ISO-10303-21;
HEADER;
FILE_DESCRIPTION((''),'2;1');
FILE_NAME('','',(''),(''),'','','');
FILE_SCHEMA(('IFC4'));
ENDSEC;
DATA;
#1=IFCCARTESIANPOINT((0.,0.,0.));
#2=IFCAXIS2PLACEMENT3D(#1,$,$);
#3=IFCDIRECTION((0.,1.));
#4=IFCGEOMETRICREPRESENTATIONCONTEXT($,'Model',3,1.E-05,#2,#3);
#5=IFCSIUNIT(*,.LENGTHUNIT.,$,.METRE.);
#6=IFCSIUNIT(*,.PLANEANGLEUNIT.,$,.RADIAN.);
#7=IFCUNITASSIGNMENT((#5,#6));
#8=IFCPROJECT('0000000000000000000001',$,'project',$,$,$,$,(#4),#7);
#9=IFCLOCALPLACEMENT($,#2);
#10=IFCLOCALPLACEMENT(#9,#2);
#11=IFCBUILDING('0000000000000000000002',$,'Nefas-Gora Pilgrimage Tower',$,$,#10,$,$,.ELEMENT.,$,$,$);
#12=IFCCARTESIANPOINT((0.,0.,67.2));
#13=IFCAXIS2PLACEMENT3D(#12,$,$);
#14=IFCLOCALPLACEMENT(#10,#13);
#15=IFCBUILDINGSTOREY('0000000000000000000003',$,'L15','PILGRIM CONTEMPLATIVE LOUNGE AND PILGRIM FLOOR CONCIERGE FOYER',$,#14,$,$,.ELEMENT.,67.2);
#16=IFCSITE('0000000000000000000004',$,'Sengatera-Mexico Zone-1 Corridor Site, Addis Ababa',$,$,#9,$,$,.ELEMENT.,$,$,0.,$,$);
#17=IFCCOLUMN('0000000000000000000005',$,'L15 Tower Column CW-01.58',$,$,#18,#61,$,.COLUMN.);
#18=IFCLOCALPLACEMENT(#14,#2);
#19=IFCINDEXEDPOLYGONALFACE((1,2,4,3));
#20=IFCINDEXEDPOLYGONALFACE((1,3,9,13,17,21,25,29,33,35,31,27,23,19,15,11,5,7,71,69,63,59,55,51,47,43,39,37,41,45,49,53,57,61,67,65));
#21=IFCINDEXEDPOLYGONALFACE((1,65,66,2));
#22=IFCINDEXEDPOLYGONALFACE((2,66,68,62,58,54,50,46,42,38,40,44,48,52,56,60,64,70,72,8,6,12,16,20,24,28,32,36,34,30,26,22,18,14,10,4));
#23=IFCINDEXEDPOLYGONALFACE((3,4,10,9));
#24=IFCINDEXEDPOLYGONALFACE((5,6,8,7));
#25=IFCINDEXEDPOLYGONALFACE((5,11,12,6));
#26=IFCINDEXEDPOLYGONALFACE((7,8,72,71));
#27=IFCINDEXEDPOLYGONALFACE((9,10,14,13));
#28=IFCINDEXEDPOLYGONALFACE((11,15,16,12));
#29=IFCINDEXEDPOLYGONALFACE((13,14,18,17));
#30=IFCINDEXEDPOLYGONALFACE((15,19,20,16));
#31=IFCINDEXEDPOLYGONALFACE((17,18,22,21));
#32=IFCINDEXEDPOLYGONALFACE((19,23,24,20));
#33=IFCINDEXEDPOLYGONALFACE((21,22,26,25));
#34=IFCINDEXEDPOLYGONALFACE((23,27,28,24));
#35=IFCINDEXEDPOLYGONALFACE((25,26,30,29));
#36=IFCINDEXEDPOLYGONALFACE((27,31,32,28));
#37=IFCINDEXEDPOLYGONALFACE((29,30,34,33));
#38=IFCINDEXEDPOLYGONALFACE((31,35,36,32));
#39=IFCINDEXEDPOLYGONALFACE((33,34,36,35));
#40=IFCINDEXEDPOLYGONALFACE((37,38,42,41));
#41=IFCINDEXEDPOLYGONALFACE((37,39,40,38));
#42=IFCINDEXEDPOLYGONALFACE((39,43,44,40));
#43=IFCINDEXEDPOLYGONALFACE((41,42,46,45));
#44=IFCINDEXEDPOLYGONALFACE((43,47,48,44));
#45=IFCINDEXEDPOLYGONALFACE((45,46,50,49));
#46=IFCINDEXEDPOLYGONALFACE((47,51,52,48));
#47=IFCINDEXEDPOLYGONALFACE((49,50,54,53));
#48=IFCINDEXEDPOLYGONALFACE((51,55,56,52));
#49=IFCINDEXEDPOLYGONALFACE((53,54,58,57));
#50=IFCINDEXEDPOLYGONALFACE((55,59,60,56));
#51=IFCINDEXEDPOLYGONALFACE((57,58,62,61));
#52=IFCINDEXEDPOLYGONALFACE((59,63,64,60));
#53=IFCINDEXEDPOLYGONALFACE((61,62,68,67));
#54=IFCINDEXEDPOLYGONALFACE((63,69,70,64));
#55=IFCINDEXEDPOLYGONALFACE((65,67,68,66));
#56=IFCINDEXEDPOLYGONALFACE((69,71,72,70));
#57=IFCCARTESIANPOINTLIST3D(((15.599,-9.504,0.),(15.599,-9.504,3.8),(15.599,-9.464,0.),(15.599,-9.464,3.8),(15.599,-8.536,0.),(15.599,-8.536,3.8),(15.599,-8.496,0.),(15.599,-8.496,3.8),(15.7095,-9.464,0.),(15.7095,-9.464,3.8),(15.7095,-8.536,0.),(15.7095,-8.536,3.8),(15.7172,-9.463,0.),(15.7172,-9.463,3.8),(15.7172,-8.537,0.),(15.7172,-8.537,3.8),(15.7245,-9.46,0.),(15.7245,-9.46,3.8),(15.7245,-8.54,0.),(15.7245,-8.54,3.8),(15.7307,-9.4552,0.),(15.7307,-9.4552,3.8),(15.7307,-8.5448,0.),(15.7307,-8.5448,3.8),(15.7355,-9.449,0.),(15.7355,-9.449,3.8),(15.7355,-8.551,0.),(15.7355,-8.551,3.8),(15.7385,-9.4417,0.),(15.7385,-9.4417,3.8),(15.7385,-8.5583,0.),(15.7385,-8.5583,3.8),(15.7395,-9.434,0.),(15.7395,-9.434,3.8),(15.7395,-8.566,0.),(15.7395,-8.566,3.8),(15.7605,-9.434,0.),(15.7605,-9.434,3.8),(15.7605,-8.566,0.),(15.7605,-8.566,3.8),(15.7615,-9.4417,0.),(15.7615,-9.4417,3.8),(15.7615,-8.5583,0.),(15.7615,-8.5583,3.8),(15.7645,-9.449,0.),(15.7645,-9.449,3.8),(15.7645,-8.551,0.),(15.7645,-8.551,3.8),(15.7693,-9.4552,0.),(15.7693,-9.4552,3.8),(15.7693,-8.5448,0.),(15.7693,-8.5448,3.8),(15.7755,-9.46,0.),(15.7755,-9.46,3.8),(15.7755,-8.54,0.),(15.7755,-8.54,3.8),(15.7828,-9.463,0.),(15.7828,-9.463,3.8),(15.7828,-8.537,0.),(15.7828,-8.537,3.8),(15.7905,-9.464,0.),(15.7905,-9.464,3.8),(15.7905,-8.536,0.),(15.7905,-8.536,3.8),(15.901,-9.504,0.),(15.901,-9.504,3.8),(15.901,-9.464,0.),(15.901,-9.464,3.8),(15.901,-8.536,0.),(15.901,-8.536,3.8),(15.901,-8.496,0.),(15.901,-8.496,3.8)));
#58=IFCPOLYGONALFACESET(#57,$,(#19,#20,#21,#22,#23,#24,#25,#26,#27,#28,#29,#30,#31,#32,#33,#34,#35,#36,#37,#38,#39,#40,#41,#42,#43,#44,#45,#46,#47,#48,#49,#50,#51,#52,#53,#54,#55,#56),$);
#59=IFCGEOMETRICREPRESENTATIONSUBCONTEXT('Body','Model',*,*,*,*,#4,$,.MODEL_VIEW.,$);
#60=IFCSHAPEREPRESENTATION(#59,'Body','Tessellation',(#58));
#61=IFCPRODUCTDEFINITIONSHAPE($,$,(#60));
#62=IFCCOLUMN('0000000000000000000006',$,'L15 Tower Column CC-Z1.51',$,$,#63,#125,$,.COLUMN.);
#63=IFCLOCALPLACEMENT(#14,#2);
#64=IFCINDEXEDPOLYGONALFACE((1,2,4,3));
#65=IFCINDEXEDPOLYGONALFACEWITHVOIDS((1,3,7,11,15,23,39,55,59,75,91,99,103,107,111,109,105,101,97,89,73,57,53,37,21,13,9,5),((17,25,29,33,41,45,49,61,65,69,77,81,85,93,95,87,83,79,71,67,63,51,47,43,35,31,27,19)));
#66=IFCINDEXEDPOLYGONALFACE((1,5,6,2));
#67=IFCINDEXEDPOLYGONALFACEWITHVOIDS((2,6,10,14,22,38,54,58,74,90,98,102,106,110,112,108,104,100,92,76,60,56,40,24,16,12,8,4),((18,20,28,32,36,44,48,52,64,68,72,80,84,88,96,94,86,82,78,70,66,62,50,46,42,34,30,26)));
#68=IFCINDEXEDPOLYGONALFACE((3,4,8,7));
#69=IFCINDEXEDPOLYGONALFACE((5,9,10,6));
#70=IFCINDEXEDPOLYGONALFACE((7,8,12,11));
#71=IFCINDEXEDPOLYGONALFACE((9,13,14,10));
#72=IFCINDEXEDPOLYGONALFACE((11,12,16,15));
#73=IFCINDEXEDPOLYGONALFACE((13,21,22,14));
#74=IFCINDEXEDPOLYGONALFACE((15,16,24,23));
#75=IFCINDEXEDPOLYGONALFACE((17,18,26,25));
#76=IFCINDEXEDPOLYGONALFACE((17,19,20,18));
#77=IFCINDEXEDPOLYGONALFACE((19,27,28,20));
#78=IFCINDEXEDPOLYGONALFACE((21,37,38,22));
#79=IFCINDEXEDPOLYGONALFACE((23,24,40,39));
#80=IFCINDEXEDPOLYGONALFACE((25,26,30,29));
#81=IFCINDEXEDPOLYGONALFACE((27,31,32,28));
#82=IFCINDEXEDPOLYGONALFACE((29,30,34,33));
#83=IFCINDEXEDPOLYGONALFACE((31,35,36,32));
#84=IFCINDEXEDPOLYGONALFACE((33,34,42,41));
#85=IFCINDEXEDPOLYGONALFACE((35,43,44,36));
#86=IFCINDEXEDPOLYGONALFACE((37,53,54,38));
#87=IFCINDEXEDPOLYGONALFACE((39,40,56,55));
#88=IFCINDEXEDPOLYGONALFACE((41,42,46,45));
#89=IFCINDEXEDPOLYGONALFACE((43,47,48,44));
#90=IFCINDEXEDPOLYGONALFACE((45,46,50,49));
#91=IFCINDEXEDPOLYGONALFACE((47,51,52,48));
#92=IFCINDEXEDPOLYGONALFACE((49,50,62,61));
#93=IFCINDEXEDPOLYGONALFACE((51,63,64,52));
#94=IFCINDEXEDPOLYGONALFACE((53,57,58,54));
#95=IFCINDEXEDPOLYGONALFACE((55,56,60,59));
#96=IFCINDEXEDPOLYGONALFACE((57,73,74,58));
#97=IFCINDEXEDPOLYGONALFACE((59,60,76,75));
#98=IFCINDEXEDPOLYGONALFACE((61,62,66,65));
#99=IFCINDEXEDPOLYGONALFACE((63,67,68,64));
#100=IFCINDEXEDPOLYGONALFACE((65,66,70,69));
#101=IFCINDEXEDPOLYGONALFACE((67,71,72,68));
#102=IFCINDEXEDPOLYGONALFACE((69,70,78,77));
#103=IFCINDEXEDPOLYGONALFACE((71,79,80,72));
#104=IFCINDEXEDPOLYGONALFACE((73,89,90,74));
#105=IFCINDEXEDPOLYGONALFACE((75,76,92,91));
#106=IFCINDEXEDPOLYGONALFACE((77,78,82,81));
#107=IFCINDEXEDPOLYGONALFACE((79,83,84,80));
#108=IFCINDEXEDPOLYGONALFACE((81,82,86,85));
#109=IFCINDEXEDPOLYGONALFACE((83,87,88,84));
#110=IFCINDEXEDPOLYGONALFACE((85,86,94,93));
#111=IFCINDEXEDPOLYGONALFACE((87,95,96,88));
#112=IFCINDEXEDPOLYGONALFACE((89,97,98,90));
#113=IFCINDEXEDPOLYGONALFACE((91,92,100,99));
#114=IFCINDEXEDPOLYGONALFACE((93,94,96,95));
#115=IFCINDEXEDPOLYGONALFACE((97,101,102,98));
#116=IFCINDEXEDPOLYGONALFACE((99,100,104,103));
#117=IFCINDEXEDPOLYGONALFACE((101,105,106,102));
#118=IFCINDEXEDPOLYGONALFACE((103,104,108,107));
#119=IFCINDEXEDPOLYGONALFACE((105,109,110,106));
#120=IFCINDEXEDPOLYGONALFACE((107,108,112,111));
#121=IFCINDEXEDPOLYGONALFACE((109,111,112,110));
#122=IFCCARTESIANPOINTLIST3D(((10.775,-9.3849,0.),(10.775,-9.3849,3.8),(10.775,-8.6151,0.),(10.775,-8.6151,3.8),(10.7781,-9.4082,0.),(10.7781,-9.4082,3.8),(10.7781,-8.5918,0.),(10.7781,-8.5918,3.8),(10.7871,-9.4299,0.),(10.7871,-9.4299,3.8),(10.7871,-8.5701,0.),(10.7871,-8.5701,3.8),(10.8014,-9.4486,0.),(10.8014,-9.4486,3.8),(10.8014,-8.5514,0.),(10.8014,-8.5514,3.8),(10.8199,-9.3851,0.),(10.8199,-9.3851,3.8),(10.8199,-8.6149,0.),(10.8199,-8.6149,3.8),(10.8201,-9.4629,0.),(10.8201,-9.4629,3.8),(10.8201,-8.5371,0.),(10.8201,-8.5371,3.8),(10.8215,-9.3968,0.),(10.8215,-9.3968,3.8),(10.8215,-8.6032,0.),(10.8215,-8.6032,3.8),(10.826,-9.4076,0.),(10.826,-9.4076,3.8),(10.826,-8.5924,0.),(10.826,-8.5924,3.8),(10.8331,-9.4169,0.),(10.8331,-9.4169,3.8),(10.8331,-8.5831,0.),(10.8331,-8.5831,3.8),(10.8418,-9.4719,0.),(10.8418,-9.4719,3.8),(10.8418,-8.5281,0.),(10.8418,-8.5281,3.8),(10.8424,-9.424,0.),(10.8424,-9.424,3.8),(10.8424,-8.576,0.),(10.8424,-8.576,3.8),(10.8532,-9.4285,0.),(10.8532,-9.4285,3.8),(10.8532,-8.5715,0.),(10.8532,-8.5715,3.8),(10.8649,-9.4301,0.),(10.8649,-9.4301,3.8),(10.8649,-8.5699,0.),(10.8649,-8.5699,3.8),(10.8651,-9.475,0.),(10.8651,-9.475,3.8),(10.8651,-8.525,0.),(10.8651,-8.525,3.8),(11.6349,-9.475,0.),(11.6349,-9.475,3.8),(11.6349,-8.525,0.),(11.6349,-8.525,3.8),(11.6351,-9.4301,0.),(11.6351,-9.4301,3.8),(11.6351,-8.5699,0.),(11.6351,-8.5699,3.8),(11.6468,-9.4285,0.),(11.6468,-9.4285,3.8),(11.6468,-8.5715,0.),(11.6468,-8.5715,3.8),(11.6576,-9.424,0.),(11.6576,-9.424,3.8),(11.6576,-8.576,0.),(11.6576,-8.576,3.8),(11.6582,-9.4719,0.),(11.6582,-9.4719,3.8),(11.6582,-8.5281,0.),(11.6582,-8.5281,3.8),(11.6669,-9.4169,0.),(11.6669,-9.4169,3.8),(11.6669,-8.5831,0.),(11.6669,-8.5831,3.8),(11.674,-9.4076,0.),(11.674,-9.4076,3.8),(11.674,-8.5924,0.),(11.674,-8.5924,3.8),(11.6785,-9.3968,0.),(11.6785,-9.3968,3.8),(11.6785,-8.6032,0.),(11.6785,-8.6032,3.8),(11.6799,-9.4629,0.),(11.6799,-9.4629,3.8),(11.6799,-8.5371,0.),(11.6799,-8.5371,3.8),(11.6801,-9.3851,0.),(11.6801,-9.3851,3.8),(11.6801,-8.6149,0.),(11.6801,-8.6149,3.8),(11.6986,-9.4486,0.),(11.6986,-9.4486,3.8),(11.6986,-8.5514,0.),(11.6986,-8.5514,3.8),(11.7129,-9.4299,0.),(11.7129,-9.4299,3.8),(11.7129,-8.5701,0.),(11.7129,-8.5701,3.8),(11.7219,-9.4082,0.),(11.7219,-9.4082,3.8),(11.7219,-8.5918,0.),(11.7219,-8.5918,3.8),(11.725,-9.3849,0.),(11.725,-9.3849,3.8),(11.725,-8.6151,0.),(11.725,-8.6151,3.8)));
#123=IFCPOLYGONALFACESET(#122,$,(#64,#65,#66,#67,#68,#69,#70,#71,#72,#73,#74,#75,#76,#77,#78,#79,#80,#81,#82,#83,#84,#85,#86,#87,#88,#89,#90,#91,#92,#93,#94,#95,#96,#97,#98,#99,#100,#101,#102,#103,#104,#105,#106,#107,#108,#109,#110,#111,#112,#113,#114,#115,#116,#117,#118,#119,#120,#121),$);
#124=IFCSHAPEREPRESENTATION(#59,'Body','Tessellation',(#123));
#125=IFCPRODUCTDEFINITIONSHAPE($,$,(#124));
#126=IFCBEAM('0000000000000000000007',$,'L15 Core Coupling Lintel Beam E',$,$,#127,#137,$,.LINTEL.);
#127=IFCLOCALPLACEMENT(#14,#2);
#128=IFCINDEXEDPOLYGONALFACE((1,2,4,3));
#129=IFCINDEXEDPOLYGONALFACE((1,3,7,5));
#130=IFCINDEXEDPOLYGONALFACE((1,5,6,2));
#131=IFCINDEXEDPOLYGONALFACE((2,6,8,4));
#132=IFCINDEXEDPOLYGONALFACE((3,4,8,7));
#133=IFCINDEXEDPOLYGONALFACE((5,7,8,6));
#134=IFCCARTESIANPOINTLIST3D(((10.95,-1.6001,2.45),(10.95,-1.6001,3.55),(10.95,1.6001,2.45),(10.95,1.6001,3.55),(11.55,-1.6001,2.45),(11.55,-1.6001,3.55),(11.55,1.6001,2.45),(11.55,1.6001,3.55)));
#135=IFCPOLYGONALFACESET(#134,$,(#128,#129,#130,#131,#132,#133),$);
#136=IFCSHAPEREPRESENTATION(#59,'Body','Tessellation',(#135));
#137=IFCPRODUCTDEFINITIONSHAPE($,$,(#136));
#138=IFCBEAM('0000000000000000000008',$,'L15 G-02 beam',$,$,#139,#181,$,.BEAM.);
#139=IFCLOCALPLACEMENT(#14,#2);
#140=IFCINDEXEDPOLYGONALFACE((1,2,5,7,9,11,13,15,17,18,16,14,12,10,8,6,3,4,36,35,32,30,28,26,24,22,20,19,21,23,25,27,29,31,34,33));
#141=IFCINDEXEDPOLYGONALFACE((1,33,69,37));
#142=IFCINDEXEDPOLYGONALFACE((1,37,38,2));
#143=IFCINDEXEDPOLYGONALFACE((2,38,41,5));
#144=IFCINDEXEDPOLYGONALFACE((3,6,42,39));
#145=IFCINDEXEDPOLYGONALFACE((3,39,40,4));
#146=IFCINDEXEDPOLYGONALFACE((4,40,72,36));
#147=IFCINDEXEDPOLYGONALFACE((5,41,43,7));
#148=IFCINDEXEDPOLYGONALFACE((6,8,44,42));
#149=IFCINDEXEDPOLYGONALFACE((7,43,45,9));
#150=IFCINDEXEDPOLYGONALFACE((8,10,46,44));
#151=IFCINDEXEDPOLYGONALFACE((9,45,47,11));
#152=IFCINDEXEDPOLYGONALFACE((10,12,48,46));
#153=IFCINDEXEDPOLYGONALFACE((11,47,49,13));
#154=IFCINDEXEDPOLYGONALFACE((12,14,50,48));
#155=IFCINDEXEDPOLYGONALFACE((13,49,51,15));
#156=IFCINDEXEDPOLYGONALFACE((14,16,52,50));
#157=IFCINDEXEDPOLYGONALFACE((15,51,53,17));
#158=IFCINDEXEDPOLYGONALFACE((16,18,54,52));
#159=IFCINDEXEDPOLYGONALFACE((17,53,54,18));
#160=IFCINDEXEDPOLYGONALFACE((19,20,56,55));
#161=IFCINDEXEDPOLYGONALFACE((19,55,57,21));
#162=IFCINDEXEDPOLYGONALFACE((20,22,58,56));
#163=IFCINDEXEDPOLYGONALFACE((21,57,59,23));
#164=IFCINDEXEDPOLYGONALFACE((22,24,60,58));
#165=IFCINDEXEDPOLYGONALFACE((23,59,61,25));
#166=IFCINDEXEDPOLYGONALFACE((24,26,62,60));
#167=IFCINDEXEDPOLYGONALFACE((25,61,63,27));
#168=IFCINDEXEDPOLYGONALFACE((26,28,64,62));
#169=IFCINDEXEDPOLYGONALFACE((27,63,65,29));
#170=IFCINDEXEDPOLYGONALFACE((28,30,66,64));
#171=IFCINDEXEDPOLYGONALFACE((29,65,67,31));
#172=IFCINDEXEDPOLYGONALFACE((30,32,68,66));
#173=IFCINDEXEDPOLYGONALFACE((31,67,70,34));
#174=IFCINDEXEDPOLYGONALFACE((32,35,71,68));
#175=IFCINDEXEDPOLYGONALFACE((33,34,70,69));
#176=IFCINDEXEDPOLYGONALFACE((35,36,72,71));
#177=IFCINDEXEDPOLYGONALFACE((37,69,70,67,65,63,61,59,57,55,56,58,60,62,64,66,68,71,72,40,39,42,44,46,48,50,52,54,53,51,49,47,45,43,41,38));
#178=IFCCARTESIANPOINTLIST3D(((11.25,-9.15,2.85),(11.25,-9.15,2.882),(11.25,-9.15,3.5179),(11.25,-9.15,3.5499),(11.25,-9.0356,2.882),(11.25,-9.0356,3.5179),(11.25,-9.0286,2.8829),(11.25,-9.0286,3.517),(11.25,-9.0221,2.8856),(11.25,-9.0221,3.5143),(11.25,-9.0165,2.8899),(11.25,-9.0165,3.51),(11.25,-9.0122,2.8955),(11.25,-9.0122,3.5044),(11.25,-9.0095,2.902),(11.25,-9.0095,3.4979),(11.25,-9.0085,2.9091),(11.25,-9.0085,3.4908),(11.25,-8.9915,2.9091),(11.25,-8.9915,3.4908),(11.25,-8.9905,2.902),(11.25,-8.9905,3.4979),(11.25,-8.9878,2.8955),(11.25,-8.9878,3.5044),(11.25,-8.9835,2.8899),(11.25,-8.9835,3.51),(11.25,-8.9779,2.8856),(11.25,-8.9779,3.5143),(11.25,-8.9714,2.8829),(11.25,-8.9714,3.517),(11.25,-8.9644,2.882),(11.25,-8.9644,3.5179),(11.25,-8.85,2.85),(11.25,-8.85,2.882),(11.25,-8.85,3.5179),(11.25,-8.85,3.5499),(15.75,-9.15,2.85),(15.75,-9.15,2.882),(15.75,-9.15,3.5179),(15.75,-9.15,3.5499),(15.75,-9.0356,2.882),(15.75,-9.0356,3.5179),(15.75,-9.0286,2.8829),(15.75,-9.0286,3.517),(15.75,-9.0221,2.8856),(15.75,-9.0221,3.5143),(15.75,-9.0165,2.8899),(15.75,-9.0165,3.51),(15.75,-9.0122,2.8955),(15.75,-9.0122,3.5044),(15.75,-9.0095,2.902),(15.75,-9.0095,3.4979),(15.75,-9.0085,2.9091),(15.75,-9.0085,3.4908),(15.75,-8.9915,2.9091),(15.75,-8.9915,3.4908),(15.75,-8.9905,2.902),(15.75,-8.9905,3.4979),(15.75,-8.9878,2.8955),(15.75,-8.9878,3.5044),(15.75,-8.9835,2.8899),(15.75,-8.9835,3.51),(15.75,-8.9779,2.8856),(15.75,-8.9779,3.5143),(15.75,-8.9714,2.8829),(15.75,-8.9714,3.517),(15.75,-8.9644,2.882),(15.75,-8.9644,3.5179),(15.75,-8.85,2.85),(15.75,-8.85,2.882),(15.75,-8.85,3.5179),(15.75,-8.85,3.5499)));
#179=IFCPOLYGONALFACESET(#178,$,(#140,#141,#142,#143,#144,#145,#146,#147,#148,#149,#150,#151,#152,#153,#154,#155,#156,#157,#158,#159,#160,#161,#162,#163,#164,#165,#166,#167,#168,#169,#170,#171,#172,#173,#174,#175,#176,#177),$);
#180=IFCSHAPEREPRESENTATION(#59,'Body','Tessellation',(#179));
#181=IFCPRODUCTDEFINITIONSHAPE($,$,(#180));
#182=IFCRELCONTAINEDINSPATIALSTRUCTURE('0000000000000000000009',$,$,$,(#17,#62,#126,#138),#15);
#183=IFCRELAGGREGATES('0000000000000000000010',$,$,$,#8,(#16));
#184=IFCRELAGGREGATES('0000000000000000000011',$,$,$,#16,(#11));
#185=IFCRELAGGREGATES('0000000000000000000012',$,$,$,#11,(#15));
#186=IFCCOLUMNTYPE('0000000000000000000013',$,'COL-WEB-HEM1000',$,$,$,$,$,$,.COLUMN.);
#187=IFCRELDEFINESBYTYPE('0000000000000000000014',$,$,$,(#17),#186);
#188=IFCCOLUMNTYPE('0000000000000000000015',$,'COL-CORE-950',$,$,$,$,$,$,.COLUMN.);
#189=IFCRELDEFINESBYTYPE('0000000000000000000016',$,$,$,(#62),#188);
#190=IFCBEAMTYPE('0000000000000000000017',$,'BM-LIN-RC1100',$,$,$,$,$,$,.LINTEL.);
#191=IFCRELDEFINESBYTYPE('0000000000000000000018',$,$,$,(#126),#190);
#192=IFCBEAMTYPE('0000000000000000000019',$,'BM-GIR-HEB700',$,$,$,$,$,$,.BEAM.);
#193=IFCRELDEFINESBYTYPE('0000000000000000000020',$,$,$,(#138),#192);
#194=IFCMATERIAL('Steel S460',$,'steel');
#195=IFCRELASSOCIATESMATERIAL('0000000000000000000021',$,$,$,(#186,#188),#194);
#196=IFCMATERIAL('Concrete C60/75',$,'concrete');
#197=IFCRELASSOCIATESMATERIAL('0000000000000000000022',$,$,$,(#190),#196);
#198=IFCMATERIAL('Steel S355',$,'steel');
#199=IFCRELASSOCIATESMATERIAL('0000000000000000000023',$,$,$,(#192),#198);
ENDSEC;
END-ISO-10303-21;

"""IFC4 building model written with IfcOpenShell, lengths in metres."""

from ifc_helpers import new_model, si_unit, direction, frame, origin, origin_2d, place, context, subcontext, project, spatial, rectangle, hollow_rectangle, i_section, extrude, source, transform, mapped, material, material_profile, profile_set, type_object, element, save


model = new_model("IFC4")

# Units and contexts
model_context = context("Model", 3, precision=1e-05, world=origin(), true_north=direction((0.0, 1.0)))
body_context = subcontext(model_context, "Body", "Model", "MODEL_VIEW")
ifc_project = project(units=[si_unit("LENGTHUNIT", "METRE"), si_unit("PLANEANGLEUNIT", "RADIAN")], contexts=[model_context])

# Site, building, storey
site_placement = place(None, origin())
site = spatial("IfcSite", under=ifc_project, at=site_placement, Name="Sengatera-Mexico Zone-1 Corridor Site, Addis Ababa", CompositionType="ELEMENT", RefElevation=0.0)
building_placement = place(site_placement, origin())
building = spatial("IfcBuilding", under=site, at=building_placement, Name="Nefas-Gora Pilgrimage Tower", CompositionType="ELEMENT")
storey_placement = place(building_placement, frame((0.0, 0.0, 67.2)))
storey = spatial("IfcBuildingStorey", under=building, at=storey_placement, Name="L15", Description="PILGRIM CONTEMPLATIVE LOUNGE AND PILGRIM FLOOR CONCIERGE FOYER", CompositionType="ELEMENT", Elevation=67.2)

# Columns
ifc_material_1 = material(Name="Steel S460", Category="steel")
ifc_material_profile_1 = material_profile(ifc_material_1, i_section(OverallWidth=0.302, OverallDepth=1.0081, WebThickness=0.021, FlangeThickness=0.04, FilletRadius=0.03, at=origin_2d()), Name="HEM 1000")
ifc_profile_set_1 = profile_set([ifc_material_profile_1], Name="Steel S460")
column_type_1 = type_object("IfcColumnType", Name="COL-WEB-HEM1000", PredefinedType="COLUMN", material=ifc_profile_set_1)
shared_shape_1 = source(origin(), body_context, "Body", "SweptSolid", [
    extrude(i_section(OverallWidth=0.302, OverallDepth=1.0081, WebThickness=0.021, FlangeThickness=0.04, FilletRadius=0.03, at=origin_2d()), origin(), (0.0, 0.0, 1.0), 3.8),
])
column_1_placement = place(storey_placement, frame((15.75, -9.0, 0.0), z_axis=(0.0, 0.0, 1.0), x_axis=(1.0, 0.0, 0.0)))
element("IfcColumn", 1, at=column_1_placement, inside=storey, type_object=column_type_1, Name="L15 Tower Column CW-01.58", PredefinedType="COLUMN", context=body_context, shape_type="MappedRepresentation", body=[
    mapped(shared_shape_1, transform((0.0, 0.0, 0.0), x_axis=(1.0, 0.0, 0.0), y_axis=(0.0, 1.0, 0.0), z_axis=(0.0, 0.0, 1.0), scale=1.0)),
])
ifc_material_profile_2 = material_profile(ifc_material_1, hollow_rectangle(XDim=0.95, YDim=0.95, WallThickness=0.0449, InnerFilletRadius=0.0449, OuterFilletRadius=0.0901, at=origin_2d()), Name="BOX 950x950x45")
ifc_profile_set_2 = profile_set([ifc_material_profile_2], Name="Steel S460")
column_type_2 = type_object("IfcColumnType", Name="COL-CORE-950", PredefinedType="COLUMN", material=ifc_profile_set_2)
shared_shape_2 = source(origin(), body_context, "Body", "SweptSolid", [
    extrude(hollow_rectangle(XDim=0.95, YDim=0.95, WallThickness=0.0449, InnerFilletRadius=0.0449, OuterFilletRadius=0.0901, at=origin_2d()), origin(), (0.0, 0.0, 1.0), 3.8),
])
column_2_placement = place(storey_placement, frame((11.25, -9.0, 0.0), z_axis=(0.0, 0.0, 1.0), x_axis=(1.0, 0.0, 0.0)))
element("IfcColumn", 2, at=column_2_placement, inside=storey, type_object=column_type_2, Name="L15 Tower Column CC-Z1.51", PredefinedType="COLUMN", context=body_context, shape_type="MappedRepresentation", body=[
    mapped(shared_shape_2, transform((0.0, 0.0, 0.0), x_axis=(1.0, 0.0, 0.0), y_axis=(0.0, 1.0, 0.0), z_axis=(0.0, 0.0, 1.0), scale=1.0)),
])

# Beams
ifc_material_2 = material(Name="Concrete C60/75", Category="concrete")
ifc_material_profile_3 = material_profile(ifc_material_2, rectangle(XDim=0.6001, YDim=1.1001, at=origin_2d()), Name="RC 600x1100")
ifc_profile_set_3 = profile_set([ifc_material_profile_3], Name="Concrete C60/75")
beam_type_1 = type_object("IfcBeamType", Name="BM-LIN-RC1100", PredefinedType="LINTEL", material=ifc_profile_set_3)
shared_shape_3 = source(origin(), body_context, "Body", "SweptSolid", [
    extrude(rectangle(XDim=0.6001, YDim=1.1001, at=origin_2d()), origin(), (0.0, 0.0, 1.0), 3.2002),
])
beam_1_placement = place(storey_placement, frame((11.25, -1.6001, 3.0), z_axis=(0.0, 1.0, 0.0), x_axis=(-1.0, 0.0, 0.0)))
element("IfcBeam", 3, at=beam_1_placement, inside=storey, type_object=beam_type_1, Name="L15 Core Coupling Lintel Beam E", PredefinedType="LINTEL", context=body_context, shape_type="MappedRepresentation", body=[
    mapped(shared_shape_3, transform((0.0, 0.0, 0.0), x_axis=(1.0, 0.0, 0.0), y_axis=(0.0, 1.0, 0.0), z_axis=(0.0, 0.0, 1.0), scale=1.0)),
])
ifc_material_3 = material(Name="Steel S355", Category="steel")
ifc_material_profile_4 = material_profile(ifc_material_3, i_section(OverallWidth=0.3, OverallDepth=0.7, WebThickness=0.0171, FlangeThickness=0.032, FilletRadius=0.0271, at=origin_2d()), Name="HEB 700")
ifc_profile_set_4 = profile_set([ifc_material_profile_4], Name="Steel S355")
beam_type_2 = type_object("IfcBeamType", Name="BM-GIR-HEB700", PredefinedType="BEAM", material=ifc_profile_set_4)
shared_shape_4 = source(origin(), body_context, "Body", "SweptSolid", [
    extrude(i_section(OverallWidth=0.3, OverallDepth=0.7, WebThickness=0.0171, FlangeThickness=0.032, FilletRadius=0.0271, at=origin_2d()), origin(), (0.0, 0.0, 1.0), 4.5),
])
for number, where, z_axis, x_axis, name in (
    (4, (11.25, -9.0, 3.2), (1.0, 0.0, 0.0), (0.0, 1.0, 0.0), "L15 G-02 beam"),
):
    element("IfcBeam", number, at=place(storey_placement, frame(where, z_axis=z_axis, x_axis=x_axis)), inside=storey, type_object=beam_type_2, Name=name, PredefinedType="BEAM", context=body_context, shape_type="MappedRepresentation", body=[
        mapped(shared_shape_4, transform((0.0, 0.0, 0.0), x_axis=(1.0, 0.0, 0.0), y_axis=(0.0, 1.0, 0.0), z_axis=(0.0, 0.0, 1.0), scale=1.0)),
    ])

save(model, "model.ifc")
